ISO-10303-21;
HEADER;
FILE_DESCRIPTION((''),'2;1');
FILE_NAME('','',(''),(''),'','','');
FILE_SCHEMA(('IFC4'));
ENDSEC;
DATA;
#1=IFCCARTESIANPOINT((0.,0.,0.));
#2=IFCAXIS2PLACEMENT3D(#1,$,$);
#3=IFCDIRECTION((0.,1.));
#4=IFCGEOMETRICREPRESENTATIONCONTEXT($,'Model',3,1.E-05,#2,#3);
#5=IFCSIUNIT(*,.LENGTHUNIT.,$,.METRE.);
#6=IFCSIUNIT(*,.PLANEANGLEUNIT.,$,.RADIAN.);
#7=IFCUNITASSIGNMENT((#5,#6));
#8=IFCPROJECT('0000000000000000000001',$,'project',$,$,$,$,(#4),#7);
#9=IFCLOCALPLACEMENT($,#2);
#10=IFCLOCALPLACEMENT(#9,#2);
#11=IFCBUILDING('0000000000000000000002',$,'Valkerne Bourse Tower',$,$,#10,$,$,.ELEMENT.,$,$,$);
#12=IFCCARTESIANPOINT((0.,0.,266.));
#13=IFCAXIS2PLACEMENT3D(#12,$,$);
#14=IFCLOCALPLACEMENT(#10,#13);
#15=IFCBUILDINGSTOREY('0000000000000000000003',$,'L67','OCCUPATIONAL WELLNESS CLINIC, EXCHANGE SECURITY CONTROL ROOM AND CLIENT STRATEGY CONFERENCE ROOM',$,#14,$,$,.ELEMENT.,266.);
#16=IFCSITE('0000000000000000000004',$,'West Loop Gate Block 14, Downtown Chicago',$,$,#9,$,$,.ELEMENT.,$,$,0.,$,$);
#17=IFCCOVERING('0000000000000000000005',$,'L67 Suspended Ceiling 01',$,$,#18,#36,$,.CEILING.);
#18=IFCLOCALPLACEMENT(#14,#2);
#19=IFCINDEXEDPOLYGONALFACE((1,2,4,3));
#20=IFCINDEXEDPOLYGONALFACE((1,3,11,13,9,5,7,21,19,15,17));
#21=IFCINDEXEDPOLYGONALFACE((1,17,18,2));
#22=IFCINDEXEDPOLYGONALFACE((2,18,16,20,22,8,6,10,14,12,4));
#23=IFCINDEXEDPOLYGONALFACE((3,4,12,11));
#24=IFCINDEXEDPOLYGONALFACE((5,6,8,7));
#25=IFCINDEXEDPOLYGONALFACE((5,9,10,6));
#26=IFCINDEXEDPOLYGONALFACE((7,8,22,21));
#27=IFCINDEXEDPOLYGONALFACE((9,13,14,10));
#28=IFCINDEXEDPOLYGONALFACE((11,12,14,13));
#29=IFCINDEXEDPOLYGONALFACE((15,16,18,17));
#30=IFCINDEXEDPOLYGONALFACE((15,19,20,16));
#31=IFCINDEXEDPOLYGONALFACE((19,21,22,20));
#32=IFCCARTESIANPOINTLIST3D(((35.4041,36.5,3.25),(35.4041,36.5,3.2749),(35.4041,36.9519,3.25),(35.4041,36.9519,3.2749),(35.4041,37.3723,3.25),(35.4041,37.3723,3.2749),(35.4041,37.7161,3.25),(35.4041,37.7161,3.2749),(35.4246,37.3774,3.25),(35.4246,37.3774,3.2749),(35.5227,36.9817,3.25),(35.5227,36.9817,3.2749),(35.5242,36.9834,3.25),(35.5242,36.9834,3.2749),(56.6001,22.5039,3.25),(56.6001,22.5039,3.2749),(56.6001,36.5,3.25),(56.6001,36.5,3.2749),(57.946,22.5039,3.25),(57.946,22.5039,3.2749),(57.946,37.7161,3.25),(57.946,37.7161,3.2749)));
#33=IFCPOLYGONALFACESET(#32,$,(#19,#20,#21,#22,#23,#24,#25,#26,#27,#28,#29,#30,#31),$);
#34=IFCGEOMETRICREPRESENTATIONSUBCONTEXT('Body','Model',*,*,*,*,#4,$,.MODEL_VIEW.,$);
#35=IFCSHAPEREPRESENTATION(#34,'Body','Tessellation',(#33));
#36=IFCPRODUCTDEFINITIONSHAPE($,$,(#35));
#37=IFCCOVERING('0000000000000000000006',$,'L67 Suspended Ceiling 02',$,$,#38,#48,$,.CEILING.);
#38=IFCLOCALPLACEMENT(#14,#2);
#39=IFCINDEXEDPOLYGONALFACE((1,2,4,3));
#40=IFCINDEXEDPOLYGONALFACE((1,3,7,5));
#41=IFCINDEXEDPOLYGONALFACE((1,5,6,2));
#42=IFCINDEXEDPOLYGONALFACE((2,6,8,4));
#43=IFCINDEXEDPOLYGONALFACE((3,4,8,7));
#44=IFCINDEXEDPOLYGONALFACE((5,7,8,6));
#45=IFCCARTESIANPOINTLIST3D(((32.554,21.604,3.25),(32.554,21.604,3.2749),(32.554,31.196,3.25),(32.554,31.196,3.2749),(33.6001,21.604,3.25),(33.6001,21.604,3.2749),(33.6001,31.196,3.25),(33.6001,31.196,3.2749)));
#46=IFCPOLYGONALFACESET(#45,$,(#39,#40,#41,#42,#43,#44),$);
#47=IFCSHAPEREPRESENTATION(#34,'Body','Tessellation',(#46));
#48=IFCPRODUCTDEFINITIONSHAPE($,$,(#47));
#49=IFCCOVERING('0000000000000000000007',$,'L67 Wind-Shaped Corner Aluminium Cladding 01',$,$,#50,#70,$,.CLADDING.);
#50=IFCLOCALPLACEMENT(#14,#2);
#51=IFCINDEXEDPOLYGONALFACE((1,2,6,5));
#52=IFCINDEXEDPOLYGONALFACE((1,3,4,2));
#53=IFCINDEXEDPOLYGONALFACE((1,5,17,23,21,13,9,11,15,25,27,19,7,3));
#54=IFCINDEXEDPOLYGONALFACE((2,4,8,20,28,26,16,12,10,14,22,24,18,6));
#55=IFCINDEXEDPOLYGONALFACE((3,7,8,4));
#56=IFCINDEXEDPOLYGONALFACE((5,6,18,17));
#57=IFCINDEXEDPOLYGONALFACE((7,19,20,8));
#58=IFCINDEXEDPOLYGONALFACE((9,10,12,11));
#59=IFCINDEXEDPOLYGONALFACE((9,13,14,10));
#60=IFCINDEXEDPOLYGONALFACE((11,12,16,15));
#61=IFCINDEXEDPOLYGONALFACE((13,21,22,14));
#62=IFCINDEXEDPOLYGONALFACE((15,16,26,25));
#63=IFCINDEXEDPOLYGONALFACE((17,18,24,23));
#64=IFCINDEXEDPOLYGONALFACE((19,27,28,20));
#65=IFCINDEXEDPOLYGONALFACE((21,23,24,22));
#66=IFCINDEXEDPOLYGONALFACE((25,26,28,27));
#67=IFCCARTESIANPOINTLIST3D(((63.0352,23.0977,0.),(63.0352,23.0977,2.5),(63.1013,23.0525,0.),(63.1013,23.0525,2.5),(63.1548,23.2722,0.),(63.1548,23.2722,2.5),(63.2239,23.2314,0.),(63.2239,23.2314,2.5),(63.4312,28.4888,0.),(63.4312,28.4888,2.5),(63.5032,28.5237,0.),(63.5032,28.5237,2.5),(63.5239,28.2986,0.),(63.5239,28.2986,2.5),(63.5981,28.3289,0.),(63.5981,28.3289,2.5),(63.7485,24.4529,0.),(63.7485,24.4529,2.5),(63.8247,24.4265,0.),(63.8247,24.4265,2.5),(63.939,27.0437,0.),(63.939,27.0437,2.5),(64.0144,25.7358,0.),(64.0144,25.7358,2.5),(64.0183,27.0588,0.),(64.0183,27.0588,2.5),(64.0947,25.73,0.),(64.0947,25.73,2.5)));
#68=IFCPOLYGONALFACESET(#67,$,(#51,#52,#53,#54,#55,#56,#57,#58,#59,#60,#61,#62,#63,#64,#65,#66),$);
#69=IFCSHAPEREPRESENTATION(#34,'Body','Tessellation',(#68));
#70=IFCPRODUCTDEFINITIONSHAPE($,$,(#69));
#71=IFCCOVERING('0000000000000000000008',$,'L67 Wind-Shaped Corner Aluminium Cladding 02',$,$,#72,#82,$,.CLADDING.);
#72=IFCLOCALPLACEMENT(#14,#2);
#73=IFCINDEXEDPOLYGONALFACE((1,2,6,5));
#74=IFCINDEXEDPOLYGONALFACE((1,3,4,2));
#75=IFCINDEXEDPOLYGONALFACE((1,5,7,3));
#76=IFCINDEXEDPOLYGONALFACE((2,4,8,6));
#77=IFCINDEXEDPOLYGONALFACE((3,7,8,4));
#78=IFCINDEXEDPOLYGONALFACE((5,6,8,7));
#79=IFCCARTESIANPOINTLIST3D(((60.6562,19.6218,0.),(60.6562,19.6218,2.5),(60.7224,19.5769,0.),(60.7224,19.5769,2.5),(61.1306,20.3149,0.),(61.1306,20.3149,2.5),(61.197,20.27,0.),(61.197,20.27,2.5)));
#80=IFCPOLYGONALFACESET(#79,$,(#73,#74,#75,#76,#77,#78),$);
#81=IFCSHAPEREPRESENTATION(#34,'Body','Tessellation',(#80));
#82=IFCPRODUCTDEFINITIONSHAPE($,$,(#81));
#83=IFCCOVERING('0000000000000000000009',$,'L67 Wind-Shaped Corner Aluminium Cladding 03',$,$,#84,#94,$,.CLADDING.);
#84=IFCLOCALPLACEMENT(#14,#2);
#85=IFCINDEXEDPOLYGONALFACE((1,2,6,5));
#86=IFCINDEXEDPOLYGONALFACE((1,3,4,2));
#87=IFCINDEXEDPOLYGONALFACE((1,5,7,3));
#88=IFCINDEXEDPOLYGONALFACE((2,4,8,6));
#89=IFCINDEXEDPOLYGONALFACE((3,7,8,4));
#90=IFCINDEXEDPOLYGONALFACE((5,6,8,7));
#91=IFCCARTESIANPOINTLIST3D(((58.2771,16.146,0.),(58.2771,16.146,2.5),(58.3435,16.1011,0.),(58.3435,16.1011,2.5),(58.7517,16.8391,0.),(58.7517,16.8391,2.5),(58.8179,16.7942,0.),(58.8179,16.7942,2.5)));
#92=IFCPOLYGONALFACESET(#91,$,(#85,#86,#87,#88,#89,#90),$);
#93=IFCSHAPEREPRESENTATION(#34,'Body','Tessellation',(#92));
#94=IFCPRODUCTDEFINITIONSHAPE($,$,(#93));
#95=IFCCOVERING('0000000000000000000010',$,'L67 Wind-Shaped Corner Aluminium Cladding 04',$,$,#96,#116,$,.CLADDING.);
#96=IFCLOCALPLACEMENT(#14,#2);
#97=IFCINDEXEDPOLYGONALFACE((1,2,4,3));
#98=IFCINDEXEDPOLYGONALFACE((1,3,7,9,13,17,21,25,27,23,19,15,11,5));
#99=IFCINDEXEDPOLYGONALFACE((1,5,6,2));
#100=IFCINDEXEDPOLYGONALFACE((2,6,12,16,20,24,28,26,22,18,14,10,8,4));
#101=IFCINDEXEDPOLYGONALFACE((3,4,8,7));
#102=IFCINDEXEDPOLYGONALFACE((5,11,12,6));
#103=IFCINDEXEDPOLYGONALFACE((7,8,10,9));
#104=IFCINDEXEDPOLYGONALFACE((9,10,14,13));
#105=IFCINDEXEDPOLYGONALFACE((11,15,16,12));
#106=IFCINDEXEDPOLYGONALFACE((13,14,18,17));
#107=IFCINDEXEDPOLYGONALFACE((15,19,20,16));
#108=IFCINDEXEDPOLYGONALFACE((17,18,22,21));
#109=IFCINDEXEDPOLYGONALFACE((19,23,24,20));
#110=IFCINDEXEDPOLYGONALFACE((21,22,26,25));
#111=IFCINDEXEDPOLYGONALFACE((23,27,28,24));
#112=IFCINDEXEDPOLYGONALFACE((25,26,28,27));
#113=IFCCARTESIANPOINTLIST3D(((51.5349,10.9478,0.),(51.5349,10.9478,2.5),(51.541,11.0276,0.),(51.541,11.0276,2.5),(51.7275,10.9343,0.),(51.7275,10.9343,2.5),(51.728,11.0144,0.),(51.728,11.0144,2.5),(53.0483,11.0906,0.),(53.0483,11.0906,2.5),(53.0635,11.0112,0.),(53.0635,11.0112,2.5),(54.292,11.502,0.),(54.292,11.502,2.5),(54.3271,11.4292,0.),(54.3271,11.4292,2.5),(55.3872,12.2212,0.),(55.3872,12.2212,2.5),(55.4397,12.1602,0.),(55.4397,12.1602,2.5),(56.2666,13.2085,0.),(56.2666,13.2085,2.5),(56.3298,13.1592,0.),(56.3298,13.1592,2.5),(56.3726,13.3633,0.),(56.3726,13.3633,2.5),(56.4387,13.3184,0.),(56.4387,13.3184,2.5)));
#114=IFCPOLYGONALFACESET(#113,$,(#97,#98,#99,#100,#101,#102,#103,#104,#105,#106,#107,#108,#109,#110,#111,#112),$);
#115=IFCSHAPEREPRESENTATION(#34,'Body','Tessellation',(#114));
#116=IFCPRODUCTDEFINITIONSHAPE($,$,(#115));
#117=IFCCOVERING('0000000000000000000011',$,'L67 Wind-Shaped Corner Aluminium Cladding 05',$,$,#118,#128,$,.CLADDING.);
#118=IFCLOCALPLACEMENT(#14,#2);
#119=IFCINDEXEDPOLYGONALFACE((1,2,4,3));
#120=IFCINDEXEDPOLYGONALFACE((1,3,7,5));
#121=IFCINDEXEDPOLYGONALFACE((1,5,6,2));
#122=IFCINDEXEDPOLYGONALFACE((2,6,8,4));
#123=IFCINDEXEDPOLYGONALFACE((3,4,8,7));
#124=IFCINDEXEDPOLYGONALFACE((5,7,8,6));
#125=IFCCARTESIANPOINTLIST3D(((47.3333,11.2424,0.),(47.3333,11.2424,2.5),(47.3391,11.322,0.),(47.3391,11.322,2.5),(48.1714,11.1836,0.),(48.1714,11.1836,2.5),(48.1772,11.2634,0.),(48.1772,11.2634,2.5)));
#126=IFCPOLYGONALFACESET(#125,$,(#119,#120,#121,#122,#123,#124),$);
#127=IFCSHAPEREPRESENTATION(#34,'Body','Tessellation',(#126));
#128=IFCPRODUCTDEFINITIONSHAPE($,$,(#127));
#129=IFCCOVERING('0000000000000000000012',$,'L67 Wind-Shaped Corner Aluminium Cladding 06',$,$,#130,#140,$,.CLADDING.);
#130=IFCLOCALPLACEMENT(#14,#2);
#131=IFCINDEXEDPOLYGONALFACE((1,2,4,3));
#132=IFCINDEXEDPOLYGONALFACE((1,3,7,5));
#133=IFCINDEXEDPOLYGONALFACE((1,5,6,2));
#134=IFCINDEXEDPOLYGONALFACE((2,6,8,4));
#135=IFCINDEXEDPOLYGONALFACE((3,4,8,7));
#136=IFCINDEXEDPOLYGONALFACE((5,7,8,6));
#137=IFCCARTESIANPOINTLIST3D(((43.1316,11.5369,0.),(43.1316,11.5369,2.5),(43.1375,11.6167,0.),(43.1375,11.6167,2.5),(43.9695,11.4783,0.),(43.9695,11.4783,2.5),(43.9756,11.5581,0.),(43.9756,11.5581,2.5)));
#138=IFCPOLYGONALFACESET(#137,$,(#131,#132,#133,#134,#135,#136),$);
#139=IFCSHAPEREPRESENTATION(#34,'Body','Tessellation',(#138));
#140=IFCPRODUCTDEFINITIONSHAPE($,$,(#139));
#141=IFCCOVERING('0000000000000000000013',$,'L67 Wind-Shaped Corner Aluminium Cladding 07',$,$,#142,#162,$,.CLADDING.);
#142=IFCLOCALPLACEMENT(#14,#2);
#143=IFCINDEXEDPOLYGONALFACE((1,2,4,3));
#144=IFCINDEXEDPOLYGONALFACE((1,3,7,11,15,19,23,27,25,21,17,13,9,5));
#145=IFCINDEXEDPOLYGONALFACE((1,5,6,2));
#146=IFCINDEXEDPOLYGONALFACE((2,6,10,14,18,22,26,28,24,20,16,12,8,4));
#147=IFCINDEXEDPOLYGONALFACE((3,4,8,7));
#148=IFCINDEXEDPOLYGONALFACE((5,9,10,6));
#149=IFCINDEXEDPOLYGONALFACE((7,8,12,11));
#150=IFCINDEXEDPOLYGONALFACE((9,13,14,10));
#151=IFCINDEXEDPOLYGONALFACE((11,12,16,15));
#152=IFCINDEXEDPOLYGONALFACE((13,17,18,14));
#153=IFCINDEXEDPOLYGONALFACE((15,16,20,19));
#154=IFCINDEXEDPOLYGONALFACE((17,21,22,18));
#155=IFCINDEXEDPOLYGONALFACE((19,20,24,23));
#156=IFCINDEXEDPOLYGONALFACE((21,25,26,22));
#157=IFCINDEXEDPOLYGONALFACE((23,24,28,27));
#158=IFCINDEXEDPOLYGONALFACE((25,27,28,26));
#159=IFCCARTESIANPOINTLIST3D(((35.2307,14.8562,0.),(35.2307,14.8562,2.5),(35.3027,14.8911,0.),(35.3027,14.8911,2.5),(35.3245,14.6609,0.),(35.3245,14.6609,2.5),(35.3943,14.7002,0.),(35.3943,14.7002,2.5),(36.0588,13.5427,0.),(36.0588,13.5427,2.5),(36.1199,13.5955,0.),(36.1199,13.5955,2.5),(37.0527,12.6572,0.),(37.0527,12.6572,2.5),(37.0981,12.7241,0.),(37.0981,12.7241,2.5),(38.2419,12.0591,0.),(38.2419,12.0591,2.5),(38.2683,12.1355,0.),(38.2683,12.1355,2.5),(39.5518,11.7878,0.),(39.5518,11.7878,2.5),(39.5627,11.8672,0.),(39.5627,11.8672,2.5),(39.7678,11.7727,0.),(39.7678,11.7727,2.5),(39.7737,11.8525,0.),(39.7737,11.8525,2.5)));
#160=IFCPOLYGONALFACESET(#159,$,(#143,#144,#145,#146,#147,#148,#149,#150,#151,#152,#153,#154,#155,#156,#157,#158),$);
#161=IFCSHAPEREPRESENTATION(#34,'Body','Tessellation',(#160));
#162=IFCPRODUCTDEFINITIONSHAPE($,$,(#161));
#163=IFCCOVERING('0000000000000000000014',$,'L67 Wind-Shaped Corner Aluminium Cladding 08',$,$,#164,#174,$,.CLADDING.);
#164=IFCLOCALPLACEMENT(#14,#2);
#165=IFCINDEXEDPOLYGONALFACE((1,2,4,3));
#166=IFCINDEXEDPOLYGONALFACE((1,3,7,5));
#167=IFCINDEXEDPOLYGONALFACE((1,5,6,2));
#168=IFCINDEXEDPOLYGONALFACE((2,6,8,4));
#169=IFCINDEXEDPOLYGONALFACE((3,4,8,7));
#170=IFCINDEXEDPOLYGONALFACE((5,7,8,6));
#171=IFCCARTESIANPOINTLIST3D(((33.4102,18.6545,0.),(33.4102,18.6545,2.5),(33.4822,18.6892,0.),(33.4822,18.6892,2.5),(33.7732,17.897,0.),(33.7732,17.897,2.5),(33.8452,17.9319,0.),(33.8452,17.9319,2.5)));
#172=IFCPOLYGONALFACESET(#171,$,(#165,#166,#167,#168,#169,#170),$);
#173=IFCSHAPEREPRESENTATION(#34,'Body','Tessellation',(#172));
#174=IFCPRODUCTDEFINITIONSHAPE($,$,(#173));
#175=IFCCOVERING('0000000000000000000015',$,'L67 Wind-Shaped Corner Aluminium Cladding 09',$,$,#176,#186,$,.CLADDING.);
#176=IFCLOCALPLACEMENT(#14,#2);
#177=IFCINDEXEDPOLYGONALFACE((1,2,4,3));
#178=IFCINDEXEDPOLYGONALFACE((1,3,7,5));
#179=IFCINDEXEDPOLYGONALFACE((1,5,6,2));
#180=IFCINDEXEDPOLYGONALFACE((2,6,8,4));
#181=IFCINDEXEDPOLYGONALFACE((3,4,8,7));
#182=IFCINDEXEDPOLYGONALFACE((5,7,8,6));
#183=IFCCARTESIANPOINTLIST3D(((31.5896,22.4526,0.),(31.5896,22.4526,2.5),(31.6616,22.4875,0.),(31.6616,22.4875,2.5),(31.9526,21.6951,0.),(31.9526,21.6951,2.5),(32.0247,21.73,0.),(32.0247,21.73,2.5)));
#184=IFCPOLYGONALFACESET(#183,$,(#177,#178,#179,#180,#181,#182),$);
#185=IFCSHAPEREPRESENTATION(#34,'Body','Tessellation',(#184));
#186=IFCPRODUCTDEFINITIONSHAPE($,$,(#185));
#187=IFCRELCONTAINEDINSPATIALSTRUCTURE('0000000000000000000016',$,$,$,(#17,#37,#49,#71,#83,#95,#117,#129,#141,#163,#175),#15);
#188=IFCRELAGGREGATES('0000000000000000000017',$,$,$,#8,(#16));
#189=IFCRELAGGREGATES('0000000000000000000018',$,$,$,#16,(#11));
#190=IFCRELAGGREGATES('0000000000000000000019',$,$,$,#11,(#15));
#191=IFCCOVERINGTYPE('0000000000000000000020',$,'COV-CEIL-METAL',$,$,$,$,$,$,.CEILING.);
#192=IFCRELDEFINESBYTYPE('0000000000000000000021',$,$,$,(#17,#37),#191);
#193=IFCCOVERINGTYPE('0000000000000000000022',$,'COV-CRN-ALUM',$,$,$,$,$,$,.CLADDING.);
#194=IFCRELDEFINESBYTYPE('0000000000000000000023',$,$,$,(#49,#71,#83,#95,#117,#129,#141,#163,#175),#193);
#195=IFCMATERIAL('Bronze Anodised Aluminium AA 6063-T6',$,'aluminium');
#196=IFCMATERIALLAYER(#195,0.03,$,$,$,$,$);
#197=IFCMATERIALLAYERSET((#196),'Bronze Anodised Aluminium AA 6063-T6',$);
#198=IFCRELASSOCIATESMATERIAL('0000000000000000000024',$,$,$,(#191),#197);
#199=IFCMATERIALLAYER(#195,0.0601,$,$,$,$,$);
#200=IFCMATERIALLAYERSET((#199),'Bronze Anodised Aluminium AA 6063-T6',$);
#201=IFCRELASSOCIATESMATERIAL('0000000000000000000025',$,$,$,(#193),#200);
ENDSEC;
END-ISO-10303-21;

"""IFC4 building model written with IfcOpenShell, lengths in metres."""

from ifc_helpers import new_model, si_unit, direction, frame, origin, place, context, subcontext, project, spatial, polyline, outline, extrude, material, layer, layer_set, type_object, element, save


model = new_model("IFC4")

# Units and contexts
model_context = context("Model", 3, precision=1e-05, world=origin(), true_north=direction((0.0, 1.0)))
body_context = subcontext(model_context, "Body", "Model", "MODEL_VIEW")
ifc_project = project(units=[si_unit("LENGTHUNIT", "METRE"), si_unit("PLANEANGLEUNIT", "RADIAN")], contexts=[model_context])

# Site, building, storey
site_placement = place(None, origin())
site = spatial("IfcSite", under=ifc_project, at=site_placement, Name="West Loop Gate Block 14, Downtown Chicago", CompositionType="ELEMENT", RefElevation=0.0)
building_placement = place(site_placement, origin())
building = spatial("IfcBuilding", under=site, at=building_placement, Name="Valkerne Bourse Tower", CompositionType="ELEMENT")
storey_placement = place(building_placement, frame((0.0, 0.0, 266.0)))
storey = spatial("IfcBuildingStorey", under=building, at=storey_placement, Name="L67", Description="OCCUPATIONAL WELLNESS CLINIC, EXCHANGE SECURITY CONTROL ROOM AND CLIENT STRATEGY CONFERENCE ROOM", CompositionType="ELEMENT", Elevation=266.0)

# Coverings
ifc_material_1 = material(Name="Bronze Anodised Aluminium AA 6063-T6", Category="aluminium")
ifc_layer_1 = layer(ifc_material_1, 0.03)
ifc_layer_set_1 = layer_set([ifc_layer_1], Name="Bronze Anodised Aluminium AA 6063-T6")
covering_type_1 = type_object("IfcCoveringType", Name="COV-CEIL-METAL", PredefinedType="CEILING", material=ifc_layer_set_1)
covering_1_placement = place(storey_placement, frame((0.0, 0.0, 3.25)))
element("IfcCovering", 1, at=covering_1_placement, inside=storey, type_object=covering_type_1, Name="L67 Suspended Ceiling 01", PredefinedType="CEILING", context=body_context, shape_type="SweptSolid", body=[
    extrude(outline(polyline([(35.4041, 36.9519), (35.5227, 36.9817), (35.5242, 36.9834), (35.4246, 37.3774), (35.4041, 37.3723), (35.4041, 37.7161), (57.946, 37.7161), (57.946, 22.5039), (56.6001, 22.5039), (56.6001, 36.5), (35.4041, 36.5), (35.4041, 36.9519)])), origin(), (0.0, 0.0, 1.0), 0.0249),
])
covering_2_placement = place(storey_placement, frame((0.0, 0.0, 3.25)))
element("IfcCovering", 2, at=covering_2_placement, inside=storey, type_object=covering_type_1, Name="L67 Suspended Ceiling 02", PredefinedType="CEILING", context=body_context, shape_type="SweptSolid", body=[
    extrude(outline(polyline([(32.554, 21.604), (32.554, 31.196), (33.6001, 31.196), (33.6001, 21.604), (32.554, 21.604)])), origin(), (0.0, 0.0, 1.0), 0.0249),
])
ifc_layer_2 = layer(ifc_material_1, 0.0601)
ifc_layer_set_2 = layer_set([ifc_layer_2], Name="Bronze Anodised Aluminium AA 6063-T6")
covering_type_2 = type_object("IfcCoveringType", Name="COV-CRN-ALUM", PredefinedType="CLADDING", material=ifc_layer_set_2)
covering_3_placement = place(storey_placement, origin())
element("IfcCovering", 3, at=covering_3_placement, inside=storey, type_object=covering_type_2, Name="L67 Wind-Shaped Corner Aluminium Cladding 01", PredefinedType="CLADDING", context=body_context, shape_type="SweptSolid", body=[
    extrude(outline(polyline([(64.0183, 27.0588), (64.0947, 25.73), (63.8247, 24.4265), (63.2239, 23.2314), (63.1013, 23.0525), (63.0352, 23.0977), (63.1548, 23.2722), (63.7485, 24.4529), (64.0144, 25.7358), (63.939, 27.0437), (63.5239, 28.2986), (63.4312, 28.4888), (63.5032, 28.5237), (63.5981, 28.3289), (64.0183, 27.0588)])), origin(), (0.0, 0.0, 1.0), 2.5),
])
covering_4_placement = place(storey_placement, origin())
element("IfcCovering", 4, at=covering_4_placement, inside=storey, type_object=covering_type_2, Name="L67 Wind-Shaped Corner Aluminium Cladding 02", PredefinedType="CLADDING", context=body_context, shape_type="SweptSolid", body=[
    extrude(outline(polyline([(60.7224, 19.5769), (60.6562, 19.6218), (61.1306, 20.3149), (61.197, 20.27), (60.7224, 19.5769)])), origin(), (0.0, 0.0, 1.0), 2.5),
])
covering_5_placement = place(storey_placement, origin())
element("IfcCovering", 5, at=covering_5_placement, inside=storey, type_object=covering_type_2, Name="L67 Wind-Shaped Corner Aluminium Cladding 03", PredefinedType="CLADDING", context=body_context, shape_type="SweptSolid", body=[
    extrude(outline(polyline([(58.3435, 16.1011), (58.2771, 16.146), (58.7517, 16.8391), (58.8179, 16.7942), (58.3435, 16.1011)])), origin(), (0.0, 0.0, 1.0), 2.5),
])
covering_6_placement = place(storey_placement, origin())
element("IfcCovering", 6, at=covering_6_placement, inside=storey, type_object=covering_type_2, Name="L67 Wind-Shaped Corner Aluminium Cladding 04", PredefinedType="CLADDING", context=body_context, shape_type="SweptSolid", body=[
    extrude(outline(polyline([(56.3298, 13.1592), (55.4397, 12.1602), (54.3271, 11.4292), (53.0635, 11.0112), (51.7275, 10.9343), (51.5349, 10.9478), (51.541, 11.0276), (51.728, 11.0144), (53.0483, 11.0906), (54.292, 11.502), (55.3872, 12.2212), (56.2666, 13.2085), (56.3726, 13.3633), (56.4387, 13.3184), (56.3298, 13.1592)])), origin(), (0.0, 0.0, 1.0), 2.5),
])
covering_7_placement = place(storey_placement, origin())
element("IfcCovering", 7, at=covering_7_placement, inside=storey, type_object=covering_type_2, Name="L67 Wind-Shaped Corner Aluminium Cladding 05", PredefinedType="CLADDING", context=body_context, shape_type="SweptSolid", body=[
    extrude(outline(polyline([(47.3333, 11.2424), (47.3391, 11.322), (48.1772, 11.2634), (48.1714, 11.1836), (47.3333, 11.2424)])), origin(), (0.0, 0.0, 1.0), 2.5),
])
covering_8_placement = place(storey_placement, origin())
element("IfcCovering", 8, at=covering_8_placement, inside=storey, type_object=covering_type_2, Name="L67 Wind-Shaped Corner Aluminium Cladding 06", PredefinedType="CLADDING", context=body_context, shape_type="SweptSolid", body=[
    extrude(outline(polyline([(43.1316, 11.5369), (43.1375, 11.6167), (43.9756, 11.5581), (43.9695, 11.4783), (43.1316, 11.5369)])), origin(), (0.0, 0.0, 1.0), 2.5),
])
covering_9_placement = place(storey_placement, origin())
element("IfcCovering", 9, at=covering_9_placement, inside=storey, type_object=covering_type_2, Name="L67 Wind-Shaped Corner Aluminium Cladding 07", PredefinedType="CLADDING", context=body_context, shape_type="SweptSolid", body=[
    extrude(outline(polyline([(39.5518, 11.7878), (38.2419, 12.0591), (37.0527, 12.6572), (36.0588, 13.5427), (35.3245, 14.6609), (35.2307, 14.8562), (35.3027, 14.8911), (35.3943, 14.7002), (36.1199, 13.5955), (37.0981, 12.7241), (38.2683, 12.1355), (39.5627, 11.8672), (39.7737, 11.8525), (39.7678, 11.7727), (39.5518, 11.7878)])), origin(), (0.0, 0.0, 1.0), 2.5),
])
covering_10_placement = place(storey_placement, origin())
element("IfcCovering", 10, at=covering_10_placement, inside=storey, type_object=covering_type_2, Name="L67 Wind-Shaped Corner Aluminium Cladding 08", PredefinedType="CLADDING", context=body_context, shape_type="SweptSolid", body=[
    extrude(outline(polyline([(33.4102, 18.6545), (33.4822, 18.6892), (33.8452, 17.9319), (33.7732, 17.897), (33.4102, 18.6545)])), origin(), (0.0, 0.0, 1.0), 2.5),
])
covering_11_placement = place(storey_placement, origin())
element("IfcCovering", 11, at=covering_11_placement, inside=storey, type_object=covering_type_2, Name="L67 Wind-Shaped Corner Aluminium Cladding 09", PredefinedType="CLADDING", context=body_context, shape_type="SweptSolid", body=[
    extrude(outline(polyline([(31.5896, 22.4526), (31.6616, 22.4875), (32.0247, 21.73), (31.9526, 21.6951), (31.5896, 22.4526)])), origin(), (0.0, 0.0, 1.0), 2.5),
])

save(model, "model.ifc")
